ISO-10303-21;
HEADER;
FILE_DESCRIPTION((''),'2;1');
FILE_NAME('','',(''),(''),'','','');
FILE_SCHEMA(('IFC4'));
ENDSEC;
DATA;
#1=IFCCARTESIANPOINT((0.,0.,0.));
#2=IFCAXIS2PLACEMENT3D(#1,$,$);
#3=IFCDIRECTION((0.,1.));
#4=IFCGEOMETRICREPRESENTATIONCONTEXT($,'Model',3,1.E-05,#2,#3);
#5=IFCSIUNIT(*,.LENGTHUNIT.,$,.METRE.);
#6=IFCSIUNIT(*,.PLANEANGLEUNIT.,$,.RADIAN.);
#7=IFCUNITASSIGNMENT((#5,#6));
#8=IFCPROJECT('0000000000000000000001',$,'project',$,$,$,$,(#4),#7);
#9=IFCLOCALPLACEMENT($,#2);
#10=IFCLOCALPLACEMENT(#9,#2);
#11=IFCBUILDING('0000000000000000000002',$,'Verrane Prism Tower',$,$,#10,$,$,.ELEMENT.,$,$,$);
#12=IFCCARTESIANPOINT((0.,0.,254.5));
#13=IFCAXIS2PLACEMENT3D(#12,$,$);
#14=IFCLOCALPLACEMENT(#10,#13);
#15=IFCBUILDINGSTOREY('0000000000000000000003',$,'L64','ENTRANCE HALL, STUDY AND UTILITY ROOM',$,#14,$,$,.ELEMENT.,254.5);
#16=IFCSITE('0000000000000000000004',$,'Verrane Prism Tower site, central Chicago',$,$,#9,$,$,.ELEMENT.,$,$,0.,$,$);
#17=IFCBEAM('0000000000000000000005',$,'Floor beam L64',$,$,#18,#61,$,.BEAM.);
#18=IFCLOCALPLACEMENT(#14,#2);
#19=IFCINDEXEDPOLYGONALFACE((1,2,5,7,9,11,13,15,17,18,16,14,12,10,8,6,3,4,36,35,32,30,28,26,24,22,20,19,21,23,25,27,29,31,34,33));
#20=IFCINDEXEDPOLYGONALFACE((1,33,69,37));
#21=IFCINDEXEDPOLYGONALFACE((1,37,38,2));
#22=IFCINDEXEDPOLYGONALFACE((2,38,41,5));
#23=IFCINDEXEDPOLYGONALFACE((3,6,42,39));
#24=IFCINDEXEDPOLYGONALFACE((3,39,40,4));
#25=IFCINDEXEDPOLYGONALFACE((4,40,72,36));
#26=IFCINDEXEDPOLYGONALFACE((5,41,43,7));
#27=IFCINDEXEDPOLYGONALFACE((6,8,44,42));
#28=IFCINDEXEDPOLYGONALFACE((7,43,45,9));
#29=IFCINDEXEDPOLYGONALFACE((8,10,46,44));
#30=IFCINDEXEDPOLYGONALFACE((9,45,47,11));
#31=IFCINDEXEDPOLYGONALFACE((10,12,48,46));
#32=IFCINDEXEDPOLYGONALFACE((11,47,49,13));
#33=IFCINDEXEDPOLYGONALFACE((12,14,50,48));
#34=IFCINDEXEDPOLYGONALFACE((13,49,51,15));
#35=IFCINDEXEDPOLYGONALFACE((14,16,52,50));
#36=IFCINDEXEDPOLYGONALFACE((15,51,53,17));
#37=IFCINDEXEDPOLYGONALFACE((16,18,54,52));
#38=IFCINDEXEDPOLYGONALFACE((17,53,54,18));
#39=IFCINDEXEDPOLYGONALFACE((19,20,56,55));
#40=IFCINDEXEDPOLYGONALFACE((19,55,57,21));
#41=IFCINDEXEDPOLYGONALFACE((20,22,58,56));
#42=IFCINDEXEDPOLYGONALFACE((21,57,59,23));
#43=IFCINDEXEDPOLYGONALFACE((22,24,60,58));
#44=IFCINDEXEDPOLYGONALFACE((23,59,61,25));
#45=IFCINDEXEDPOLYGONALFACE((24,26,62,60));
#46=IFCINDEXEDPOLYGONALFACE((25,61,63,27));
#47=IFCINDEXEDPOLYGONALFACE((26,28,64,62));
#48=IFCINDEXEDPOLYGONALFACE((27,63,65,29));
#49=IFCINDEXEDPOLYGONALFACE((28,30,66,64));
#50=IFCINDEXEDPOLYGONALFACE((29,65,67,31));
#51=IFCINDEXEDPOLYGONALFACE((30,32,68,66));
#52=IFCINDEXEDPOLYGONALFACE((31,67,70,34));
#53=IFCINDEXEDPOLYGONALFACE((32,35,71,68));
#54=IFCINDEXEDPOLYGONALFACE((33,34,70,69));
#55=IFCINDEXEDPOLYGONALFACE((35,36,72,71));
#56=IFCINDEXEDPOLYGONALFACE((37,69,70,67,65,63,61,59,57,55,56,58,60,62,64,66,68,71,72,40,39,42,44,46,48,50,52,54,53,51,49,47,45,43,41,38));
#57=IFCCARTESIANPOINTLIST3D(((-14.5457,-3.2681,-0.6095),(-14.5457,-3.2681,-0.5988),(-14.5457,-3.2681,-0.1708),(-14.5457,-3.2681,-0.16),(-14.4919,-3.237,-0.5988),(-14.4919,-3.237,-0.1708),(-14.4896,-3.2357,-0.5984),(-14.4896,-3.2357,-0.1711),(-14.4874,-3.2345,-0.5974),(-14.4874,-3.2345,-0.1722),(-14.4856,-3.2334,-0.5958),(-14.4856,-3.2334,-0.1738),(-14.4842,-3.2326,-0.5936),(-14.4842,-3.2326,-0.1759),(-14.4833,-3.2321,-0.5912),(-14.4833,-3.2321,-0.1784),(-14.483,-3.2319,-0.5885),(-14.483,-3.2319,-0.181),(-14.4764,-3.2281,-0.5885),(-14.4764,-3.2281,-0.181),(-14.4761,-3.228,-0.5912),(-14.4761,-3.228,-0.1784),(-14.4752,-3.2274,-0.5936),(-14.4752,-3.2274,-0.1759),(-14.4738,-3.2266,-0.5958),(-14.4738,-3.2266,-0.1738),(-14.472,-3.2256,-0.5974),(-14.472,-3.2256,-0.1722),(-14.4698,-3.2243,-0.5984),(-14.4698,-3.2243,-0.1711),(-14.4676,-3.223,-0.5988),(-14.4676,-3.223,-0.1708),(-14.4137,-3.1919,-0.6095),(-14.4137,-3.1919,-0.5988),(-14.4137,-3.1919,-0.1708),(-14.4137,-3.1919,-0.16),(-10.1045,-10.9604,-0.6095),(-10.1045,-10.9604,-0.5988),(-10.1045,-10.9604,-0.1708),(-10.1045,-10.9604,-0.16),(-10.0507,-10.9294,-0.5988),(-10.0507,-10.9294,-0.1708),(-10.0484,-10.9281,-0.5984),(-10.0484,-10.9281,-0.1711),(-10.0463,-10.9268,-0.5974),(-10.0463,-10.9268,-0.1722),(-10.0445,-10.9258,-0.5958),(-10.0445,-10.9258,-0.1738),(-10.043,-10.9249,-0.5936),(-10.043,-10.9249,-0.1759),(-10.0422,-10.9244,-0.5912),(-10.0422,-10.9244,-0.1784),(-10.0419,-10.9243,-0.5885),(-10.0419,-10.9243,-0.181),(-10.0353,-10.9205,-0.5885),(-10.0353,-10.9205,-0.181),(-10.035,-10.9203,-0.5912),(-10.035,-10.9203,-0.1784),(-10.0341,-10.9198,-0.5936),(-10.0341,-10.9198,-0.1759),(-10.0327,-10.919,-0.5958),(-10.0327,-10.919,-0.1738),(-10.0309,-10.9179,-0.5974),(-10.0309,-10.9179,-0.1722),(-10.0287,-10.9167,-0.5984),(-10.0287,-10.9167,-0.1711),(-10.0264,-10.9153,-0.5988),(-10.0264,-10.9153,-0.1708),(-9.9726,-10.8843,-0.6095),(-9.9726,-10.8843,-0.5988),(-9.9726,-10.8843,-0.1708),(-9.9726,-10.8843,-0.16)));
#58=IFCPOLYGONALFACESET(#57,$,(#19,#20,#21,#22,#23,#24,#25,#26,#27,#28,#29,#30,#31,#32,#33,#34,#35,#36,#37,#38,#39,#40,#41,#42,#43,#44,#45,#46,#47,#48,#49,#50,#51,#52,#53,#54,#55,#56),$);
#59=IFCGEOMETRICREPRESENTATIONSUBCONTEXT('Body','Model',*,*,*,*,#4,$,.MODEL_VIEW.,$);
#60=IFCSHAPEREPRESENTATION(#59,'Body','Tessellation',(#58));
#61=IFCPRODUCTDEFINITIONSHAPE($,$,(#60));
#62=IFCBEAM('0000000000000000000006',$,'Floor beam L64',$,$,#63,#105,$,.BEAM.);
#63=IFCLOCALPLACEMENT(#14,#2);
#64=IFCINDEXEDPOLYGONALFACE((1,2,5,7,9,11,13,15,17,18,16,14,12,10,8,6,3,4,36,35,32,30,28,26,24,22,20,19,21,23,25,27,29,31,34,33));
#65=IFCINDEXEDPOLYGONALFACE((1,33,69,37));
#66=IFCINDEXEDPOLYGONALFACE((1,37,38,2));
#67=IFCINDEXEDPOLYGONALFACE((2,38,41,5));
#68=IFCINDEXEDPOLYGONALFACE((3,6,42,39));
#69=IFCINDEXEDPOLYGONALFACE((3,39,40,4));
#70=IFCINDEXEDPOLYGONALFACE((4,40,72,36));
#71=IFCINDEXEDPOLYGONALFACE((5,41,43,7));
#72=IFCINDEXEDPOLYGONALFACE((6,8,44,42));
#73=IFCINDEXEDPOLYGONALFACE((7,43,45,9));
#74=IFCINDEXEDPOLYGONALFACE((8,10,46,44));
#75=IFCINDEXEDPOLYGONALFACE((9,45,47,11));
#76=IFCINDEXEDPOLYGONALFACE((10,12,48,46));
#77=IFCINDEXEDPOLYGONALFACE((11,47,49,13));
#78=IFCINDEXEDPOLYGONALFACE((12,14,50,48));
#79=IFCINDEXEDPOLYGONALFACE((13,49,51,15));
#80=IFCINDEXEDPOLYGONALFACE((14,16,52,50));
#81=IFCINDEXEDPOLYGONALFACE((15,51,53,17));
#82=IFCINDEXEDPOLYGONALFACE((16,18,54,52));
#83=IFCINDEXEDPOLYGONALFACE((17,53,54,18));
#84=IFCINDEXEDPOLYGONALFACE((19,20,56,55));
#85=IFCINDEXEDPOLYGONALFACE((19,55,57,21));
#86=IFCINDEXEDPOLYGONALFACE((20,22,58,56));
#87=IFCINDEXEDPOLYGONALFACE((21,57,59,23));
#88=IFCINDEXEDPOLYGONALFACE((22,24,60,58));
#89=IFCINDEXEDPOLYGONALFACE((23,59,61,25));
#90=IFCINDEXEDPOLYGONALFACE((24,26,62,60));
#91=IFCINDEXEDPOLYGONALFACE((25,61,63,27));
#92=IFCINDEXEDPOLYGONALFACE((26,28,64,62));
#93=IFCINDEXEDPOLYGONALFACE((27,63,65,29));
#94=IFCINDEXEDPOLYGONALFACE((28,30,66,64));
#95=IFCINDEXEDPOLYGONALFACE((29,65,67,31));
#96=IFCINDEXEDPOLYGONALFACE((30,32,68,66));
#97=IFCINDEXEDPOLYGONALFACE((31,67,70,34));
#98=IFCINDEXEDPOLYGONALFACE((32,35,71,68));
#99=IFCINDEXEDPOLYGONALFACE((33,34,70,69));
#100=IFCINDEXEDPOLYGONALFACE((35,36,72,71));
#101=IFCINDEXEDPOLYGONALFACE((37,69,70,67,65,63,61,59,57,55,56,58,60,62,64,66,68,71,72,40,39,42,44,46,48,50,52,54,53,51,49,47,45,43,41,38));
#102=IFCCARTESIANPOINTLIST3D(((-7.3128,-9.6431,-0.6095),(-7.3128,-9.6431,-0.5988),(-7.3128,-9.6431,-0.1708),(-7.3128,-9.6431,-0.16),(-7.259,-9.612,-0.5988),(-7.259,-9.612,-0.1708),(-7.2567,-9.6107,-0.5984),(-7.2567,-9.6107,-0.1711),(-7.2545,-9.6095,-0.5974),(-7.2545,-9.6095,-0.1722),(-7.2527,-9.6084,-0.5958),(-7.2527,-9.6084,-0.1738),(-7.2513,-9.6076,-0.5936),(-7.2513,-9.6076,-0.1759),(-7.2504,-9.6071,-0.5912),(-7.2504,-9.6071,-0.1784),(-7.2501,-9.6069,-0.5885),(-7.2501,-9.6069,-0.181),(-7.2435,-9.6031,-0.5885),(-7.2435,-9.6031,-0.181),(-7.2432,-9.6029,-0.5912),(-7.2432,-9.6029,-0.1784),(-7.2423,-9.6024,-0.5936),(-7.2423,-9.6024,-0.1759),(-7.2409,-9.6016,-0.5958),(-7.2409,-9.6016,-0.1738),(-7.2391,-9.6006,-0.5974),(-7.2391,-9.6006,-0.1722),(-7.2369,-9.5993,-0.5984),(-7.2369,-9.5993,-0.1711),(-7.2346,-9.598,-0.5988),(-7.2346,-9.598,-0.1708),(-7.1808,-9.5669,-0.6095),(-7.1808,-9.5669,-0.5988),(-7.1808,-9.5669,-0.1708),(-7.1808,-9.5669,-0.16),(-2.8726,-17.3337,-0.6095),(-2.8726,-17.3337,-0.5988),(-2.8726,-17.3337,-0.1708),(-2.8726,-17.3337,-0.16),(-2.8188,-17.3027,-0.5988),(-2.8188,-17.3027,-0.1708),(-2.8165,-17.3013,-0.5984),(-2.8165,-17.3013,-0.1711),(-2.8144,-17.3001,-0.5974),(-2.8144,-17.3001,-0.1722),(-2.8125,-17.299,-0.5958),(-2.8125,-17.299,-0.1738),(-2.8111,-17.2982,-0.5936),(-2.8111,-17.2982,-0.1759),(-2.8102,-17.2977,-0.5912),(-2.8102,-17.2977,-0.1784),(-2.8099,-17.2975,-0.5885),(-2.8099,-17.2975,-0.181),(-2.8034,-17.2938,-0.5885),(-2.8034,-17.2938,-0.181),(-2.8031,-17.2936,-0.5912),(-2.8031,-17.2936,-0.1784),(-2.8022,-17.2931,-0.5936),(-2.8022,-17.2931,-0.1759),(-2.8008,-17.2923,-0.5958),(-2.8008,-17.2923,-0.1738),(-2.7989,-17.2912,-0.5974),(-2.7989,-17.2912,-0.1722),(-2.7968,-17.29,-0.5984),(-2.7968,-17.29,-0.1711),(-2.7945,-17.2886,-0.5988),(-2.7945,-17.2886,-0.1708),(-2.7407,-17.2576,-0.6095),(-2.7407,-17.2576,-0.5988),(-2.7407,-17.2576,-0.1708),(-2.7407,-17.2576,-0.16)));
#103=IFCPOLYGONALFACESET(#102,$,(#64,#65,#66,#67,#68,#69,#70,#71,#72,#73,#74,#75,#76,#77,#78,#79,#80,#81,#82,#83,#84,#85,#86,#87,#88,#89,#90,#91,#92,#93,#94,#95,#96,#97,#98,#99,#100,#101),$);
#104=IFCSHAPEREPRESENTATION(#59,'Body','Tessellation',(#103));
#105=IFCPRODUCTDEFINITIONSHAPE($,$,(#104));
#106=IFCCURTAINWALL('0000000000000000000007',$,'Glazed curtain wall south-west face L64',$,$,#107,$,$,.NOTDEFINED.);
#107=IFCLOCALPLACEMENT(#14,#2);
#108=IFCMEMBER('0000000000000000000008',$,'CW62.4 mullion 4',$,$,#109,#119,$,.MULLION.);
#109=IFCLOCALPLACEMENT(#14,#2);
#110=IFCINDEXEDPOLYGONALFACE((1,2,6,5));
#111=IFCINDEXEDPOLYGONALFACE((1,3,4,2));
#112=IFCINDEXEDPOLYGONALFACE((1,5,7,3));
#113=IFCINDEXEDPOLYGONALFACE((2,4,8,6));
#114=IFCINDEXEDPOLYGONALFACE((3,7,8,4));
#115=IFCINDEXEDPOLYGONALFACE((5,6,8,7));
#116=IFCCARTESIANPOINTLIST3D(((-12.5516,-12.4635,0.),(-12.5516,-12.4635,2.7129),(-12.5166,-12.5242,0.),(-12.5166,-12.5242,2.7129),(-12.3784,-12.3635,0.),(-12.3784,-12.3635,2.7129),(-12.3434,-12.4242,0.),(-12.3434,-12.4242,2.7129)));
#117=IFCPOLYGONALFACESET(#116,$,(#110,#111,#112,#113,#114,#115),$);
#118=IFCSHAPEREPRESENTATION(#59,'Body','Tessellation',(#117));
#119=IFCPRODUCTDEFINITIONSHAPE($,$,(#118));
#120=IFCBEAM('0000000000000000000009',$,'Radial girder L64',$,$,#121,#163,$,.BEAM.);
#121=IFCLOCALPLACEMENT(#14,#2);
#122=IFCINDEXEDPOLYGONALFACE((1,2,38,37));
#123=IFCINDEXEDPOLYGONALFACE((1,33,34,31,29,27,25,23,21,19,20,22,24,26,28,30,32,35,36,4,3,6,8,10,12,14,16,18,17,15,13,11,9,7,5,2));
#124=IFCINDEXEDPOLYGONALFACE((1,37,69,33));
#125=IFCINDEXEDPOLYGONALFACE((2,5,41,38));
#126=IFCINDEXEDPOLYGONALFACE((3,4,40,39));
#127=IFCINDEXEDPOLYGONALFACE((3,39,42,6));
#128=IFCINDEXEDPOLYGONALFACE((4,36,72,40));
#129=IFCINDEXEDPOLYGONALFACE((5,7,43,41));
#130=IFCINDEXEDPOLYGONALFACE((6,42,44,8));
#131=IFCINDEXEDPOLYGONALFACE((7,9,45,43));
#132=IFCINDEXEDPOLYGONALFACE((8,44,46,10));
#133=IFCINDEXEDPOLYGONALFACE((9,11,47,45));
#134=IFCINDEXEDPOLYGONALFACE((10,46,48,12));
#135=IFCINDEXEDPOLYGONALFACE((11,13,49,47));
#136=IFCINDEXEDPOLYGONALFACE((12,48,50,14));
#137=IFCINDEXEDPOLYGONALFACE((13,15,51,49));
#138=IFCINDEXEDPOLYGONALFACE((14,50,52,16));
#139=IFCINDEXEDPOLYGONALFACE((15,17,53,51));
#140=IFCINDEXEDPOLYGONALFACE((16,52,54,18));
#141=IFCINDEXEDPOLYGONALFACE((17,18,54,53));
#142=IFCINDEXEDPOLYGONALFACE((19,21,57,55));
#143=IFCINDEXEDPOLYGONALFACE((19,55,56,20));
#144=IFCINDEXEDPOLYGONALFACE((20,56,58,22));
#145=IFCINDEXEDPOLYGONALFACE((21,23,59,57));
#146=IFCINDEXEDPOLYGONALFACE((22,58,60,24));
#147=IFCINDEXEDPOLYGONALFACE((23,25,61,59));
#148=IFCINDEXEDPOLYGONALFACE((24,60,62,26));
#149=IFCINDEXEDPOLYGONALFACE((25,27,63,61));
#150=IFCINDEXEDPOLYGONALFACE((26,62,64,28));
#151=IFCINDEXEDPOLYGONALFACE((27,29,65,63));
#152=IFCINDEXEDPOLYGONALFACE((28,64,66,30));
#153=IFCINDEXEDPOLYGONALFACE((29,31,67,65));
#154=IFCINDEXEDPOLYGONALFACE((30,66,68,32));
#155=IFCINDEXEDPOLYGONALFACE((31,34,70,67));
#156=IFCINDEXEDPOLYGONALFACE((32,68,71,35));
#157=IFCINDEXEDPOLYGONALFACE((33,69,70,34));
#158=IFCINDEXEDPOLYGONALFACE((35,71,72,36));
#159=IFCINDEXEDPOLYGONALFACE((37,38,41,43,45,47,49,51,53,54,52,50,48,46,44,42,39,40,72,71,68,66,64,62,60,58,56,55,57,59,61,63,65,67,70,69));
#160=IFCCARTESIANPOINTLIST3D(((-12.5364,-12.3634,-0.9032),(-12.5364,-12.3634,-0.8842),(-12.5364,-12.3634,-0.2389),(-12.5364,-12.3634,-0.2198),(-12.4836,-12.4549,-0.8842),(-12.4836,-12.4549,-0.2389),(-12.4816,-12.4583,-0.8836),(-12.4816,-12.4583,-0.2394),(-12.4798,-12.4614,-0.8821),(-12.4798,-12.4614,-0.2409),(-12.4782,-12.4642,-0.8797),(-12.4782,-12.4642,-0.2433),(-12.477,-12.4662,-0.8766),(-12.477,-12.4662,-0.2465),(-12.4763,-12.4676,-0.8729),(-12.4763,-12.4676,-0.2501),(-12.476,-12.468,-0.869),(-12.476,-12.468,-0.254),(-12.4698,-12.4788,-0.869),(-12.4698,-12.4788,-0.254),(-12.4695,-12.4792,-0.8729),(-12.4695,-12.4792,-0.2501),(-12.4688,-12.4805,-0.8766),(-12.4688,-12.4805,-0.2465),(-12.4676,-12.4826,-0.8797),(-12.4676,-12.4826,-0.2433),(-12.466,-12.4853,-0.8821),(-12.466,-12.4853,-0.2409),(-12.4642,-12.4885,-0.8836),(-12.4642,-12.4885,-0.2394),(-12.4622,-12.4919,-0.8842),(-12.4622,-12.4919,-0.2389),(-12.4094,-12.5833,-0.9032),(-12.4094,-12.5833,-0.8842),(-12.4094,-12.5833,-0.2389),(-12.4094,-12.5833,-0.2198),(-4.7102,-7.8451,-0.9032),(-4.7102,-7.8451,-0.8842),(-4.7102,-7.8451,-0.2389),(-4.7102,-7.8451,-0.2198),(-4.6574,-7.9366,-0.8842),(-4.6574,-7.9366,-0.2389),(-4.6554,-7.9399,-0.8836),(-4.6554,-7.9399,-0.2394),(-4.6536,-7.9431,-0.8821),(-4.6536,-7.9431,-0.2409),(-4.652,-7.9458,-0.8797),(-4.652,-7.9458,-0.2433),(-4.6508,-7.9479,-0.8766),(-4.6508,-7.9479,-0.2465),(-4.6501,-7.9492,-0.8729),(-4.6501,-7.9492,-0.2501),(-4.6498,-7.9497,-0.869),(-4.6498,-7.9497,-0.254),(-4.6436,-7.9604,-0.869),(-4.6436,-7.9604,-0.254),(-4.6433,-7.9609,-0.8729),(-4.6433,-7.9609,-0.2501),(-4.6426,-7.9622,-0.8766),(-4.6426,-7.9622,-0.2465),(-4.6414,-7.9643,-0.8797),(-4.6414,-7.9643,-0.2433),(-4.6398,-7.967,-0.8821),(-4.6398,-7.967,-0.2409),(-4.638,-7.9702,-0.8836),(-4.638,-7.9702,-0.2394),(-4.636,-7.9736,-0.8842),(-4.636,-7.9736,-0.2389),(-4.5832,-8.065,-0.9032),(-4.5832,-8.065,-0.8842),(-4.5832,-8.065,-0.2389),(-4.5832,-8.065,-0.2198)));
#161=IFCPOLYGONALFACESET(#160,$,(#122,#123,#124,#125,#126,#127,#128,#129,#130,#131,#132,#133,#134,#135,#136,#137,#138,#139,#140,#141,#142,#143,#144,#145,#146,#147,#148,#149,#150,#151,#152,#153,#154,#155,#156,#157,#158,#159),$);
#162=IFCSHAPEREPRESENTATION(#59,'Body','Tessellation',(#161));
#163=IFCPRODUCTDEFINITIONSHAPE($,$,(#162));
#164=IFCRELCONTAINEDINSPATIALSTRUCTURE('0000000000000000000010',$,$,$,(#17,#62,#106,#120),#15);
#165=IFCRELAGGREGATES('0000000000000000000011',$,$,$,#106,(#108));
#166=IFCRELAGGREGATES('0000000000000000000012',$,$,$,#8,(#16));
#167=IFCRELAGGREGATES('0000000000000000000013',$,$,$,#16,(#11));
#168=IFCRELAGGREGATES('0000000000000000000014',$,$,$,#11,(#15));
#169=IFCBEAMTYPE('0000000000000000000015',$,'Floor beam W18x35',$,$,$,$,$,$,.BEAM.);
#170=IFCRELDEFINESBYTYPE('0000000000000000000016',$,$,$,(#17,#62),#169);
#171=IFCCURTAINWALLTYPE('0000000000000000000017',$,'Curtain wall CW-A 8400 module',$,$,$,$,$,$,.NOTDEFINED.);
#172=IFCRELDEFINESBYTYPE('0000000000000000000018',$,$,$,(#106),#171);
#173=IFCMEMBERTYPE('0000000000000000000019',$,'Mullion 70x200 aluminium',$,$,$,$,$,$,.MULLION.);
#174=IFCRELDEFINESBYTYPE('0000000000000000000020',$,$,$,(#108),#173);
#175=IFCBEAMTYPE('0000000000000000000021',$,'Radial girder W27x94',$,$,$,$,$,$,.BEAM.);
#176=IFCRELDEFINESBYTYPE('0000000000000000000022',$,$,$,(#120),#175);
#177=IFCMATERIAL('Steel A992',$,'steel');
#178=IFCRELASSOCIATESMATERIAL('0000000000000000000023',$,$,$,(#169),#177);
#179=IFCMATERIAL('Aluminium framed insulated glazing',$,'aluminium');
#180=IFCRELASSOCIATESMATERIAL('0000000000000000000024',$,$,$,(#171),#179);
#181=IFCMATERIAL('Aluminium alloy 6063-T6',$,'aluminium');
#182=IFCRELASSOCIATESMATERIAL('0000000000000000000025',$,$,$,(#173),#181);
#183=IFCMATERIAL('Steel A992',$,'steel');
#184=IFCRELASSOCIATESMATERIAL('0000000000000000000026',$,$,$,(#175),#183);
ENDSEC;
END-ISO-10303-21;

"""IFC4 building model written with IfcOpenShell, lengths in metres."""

from ifc_helpers import new_model, si_unit, direction, frame, origin, origin_2d, place, context, subcontext, project, spatial, rectangle, i_section, extrude, material, material_profile, profile_set, type_object, element, aggregate, save


model = new_model("IFC4")

# Units and contexts
model_context = context("Model", 3, precision=1e-05, world=origin(), true_north=direction((0.0, 1.0)))
body_context = subcontext(model_context, "Body", "Model", "MODEL_VIEW")
ifc_project = project(units=[si_unit("LENGTHUNIT", "METRE"), si_unit("PLANEANGLEUNIT", "RADIAN")], contexts=[model_context])

# Site, building, storey
site_placement = place(None, origin())
site = spatial("IfcSite", under=ifc_project, at=site_placement, Name="Verrane Prism Tower site, central Chicago", CompositionType="ELEMENT", RefElevation=0.0)
building_placement = place(site_placement, origin())
building = spatial("IfcBuilding", under=site, at=building_placement, Name="Verrane Prism Tower", CompositionType="ELEMENT")
storey_placement = place(building_placement, frame((0.0, 0.0, 254.5)))
storey = spatial("IfcBuildingStorey", under=building, at=storey_placement, Name="L64", Description="ENTRANCE HALL, STUDY AND UTILITY ROOM", CompositionType="ELEMENT", Elevation=254.5)

# Beams
ifc_material_1 = material(Name="Steel A992", Category="steel")
ifc_material_profile_1 = material_profile(ifc_material_1, i_section(OverallWidth=0.1523, OverallDepth=0.4495, WebThickness=0.0076, FlangeThickness=0.0107, FilletRadius=0.0103, at=origin_2d()), Name="W18x35")
ifc_profile_set_1 = profile_set([ifc_material_profile_1], Name="Steel A992")
beam_type_1 = type_object("IfcBeamType", Name="Floor beam W18x35", PredefinedType="BEAM", material=ifc_profile_set_1)
beam_1_placement = place(storey_placement, frame((-10.0386, -10.9224, -0.3848), z_axis=(-0.499997, 0.866027, 0.0), x_axis=(-0.866027, -0.499997, 0.0)))
element("IfcBeam", 1, at=beam_1_placement, inside=storey, type_object=beam_type_1, Name="Floor beam L64", PredefinedType="BEAM", context=body_context, shape_type="SweptSolid", body=[
    extrude(i_section(OverallWidth=0.1523, OverallDepth=0.4495, WebThickness=0.0076, FlangeThickness=0.0107, FilletRadius=0.0103, at=origin_2d()), origin(), (0.0, 0.0, 1.0), 8.8823),
])
beam_2_placement = place(storey_placement, frame((-2.8066, -17.2957, -0.3848), z_axis=(-0.499998, 0.866027, 0.0), x_axis=(-0.866027, -0.499998, 0.0)))
element("IfcBeam", 2, at=beam_2_placement, inside=storey, type_object=beam_type_1, Name="Floor beam L64", PredefinedType="BEAM", context=body_context, shape_type="SweptSolid", body=[
    extrude(i_section(OverallWidth=0.1523, OverallDepth=0.4495, WebThickness=0.0076, FlangeThickness=0.0107, FilletRadius=0.0103, at=origin_2d()), origin(), (0.0, 0.0, 1.0), 8.8804),
])

# Curtain wall, member
ifc_material_2 = material(Name="Aluminium framed insulated glazing", Category="aluminium")
curtain_wall_type = type_object("IfcCurtainWallType", Name="Curtain wall CW-A 8400 module", PredefinedType="NOTDEFINED", material=ifc_material_2)
curtain_wall_placement = place(storey_placement, origin())
curtain_wall = element("IfcCurtainWall", 3, at=curtain_wall_placement, inside=storey, type_object=curtain_wall_type, Name="Glazed curtain wall south-west face L64", PredefinedType="NOTDEFINED")
ifc_material_3 = material(Name="Aluminium alloy 6063-T6", Category="aluminium")
ifc_material_profile_2 = material_profile(ifc_material_3, rectangle(XDim=0.2, YDim=0.0701, at=origin_2d()), Name="Mullion 70x200 aluminium")
ifc_profile_set_2 = profile_set([ifc_material_profile_2], Name="Aluminium alloy 6063-T6")
member_type_1 = type_object("IfcMemberType", Name="Mullion 70x200 aluminium", PredefinedType="MULLION", material=ifc_profile_set_2)
member_1_placement = place(storey_placement, frame((-12.4475, -12.4438, 0.0), z_axis=(0.0, 0.0, 1.0), x_axis=(0.866026, 0.5, 0.0)))
member_1 = element("IfcMember", 4, at=member_1_placement, type_object=member_type_1, Name="CW62.4 mullion 4", PredefinedType="MULLION", context=body_context, shape_type="SweptSolid", body=[
    extrude(rectangle(XDim=0.2, YDim=0.0701, at=origin_2d()), origin(), (0.0, 0.0, 1.0), 2.7129),
])

# Beam
ifc_material_4 = material(Name="Steel A992", Category="steel")
ifc_material_profile_3 = material_profile(ifc_material_4, i_section(OverallWidth=0.2539, OverallDepth=0.6833, WebThickness=0.0125, FlangeThickness=0.019, FilletRadius=0.0151, at=origin_2d()), Name="W27x94")
ifc_profile_set_3 = profile_set([ifc_material_profile_3], Name="Steel A992")
beam_type_2 = type_object("IfcBeamType", Name="Radial girder W27x94", PredefinedType="BEAM", material=ifc_profile_set_3)
beam_3_placement = place(storey_placement, frame((-12.4729, -12.4734, -0.5615), z_axis=(0.866032, 0.499989, 0.0), x_axis=(-0.499989, 0.866032, 0.0)))
element("IfcBeam", 5, at=beam_3_placement, inside=storey, type_object=beam_type_2, Name="Radial girder L64", PredefinedType="BEAM", context=body_context, shape_type="SweptSolid", body=[
    extrude(i_section(OverallWidth=0.2539, OverallDepth=0.6833, WebThickness=0.0125, FlangeThickness=0.019, FilletRadius=0.0151, at=origin_2d()), origin(), (0.0, 0.0, 1.0), 9.0369),
])

aggregate(curtain_wall, [member_1])

save(model, "model.ifc")
